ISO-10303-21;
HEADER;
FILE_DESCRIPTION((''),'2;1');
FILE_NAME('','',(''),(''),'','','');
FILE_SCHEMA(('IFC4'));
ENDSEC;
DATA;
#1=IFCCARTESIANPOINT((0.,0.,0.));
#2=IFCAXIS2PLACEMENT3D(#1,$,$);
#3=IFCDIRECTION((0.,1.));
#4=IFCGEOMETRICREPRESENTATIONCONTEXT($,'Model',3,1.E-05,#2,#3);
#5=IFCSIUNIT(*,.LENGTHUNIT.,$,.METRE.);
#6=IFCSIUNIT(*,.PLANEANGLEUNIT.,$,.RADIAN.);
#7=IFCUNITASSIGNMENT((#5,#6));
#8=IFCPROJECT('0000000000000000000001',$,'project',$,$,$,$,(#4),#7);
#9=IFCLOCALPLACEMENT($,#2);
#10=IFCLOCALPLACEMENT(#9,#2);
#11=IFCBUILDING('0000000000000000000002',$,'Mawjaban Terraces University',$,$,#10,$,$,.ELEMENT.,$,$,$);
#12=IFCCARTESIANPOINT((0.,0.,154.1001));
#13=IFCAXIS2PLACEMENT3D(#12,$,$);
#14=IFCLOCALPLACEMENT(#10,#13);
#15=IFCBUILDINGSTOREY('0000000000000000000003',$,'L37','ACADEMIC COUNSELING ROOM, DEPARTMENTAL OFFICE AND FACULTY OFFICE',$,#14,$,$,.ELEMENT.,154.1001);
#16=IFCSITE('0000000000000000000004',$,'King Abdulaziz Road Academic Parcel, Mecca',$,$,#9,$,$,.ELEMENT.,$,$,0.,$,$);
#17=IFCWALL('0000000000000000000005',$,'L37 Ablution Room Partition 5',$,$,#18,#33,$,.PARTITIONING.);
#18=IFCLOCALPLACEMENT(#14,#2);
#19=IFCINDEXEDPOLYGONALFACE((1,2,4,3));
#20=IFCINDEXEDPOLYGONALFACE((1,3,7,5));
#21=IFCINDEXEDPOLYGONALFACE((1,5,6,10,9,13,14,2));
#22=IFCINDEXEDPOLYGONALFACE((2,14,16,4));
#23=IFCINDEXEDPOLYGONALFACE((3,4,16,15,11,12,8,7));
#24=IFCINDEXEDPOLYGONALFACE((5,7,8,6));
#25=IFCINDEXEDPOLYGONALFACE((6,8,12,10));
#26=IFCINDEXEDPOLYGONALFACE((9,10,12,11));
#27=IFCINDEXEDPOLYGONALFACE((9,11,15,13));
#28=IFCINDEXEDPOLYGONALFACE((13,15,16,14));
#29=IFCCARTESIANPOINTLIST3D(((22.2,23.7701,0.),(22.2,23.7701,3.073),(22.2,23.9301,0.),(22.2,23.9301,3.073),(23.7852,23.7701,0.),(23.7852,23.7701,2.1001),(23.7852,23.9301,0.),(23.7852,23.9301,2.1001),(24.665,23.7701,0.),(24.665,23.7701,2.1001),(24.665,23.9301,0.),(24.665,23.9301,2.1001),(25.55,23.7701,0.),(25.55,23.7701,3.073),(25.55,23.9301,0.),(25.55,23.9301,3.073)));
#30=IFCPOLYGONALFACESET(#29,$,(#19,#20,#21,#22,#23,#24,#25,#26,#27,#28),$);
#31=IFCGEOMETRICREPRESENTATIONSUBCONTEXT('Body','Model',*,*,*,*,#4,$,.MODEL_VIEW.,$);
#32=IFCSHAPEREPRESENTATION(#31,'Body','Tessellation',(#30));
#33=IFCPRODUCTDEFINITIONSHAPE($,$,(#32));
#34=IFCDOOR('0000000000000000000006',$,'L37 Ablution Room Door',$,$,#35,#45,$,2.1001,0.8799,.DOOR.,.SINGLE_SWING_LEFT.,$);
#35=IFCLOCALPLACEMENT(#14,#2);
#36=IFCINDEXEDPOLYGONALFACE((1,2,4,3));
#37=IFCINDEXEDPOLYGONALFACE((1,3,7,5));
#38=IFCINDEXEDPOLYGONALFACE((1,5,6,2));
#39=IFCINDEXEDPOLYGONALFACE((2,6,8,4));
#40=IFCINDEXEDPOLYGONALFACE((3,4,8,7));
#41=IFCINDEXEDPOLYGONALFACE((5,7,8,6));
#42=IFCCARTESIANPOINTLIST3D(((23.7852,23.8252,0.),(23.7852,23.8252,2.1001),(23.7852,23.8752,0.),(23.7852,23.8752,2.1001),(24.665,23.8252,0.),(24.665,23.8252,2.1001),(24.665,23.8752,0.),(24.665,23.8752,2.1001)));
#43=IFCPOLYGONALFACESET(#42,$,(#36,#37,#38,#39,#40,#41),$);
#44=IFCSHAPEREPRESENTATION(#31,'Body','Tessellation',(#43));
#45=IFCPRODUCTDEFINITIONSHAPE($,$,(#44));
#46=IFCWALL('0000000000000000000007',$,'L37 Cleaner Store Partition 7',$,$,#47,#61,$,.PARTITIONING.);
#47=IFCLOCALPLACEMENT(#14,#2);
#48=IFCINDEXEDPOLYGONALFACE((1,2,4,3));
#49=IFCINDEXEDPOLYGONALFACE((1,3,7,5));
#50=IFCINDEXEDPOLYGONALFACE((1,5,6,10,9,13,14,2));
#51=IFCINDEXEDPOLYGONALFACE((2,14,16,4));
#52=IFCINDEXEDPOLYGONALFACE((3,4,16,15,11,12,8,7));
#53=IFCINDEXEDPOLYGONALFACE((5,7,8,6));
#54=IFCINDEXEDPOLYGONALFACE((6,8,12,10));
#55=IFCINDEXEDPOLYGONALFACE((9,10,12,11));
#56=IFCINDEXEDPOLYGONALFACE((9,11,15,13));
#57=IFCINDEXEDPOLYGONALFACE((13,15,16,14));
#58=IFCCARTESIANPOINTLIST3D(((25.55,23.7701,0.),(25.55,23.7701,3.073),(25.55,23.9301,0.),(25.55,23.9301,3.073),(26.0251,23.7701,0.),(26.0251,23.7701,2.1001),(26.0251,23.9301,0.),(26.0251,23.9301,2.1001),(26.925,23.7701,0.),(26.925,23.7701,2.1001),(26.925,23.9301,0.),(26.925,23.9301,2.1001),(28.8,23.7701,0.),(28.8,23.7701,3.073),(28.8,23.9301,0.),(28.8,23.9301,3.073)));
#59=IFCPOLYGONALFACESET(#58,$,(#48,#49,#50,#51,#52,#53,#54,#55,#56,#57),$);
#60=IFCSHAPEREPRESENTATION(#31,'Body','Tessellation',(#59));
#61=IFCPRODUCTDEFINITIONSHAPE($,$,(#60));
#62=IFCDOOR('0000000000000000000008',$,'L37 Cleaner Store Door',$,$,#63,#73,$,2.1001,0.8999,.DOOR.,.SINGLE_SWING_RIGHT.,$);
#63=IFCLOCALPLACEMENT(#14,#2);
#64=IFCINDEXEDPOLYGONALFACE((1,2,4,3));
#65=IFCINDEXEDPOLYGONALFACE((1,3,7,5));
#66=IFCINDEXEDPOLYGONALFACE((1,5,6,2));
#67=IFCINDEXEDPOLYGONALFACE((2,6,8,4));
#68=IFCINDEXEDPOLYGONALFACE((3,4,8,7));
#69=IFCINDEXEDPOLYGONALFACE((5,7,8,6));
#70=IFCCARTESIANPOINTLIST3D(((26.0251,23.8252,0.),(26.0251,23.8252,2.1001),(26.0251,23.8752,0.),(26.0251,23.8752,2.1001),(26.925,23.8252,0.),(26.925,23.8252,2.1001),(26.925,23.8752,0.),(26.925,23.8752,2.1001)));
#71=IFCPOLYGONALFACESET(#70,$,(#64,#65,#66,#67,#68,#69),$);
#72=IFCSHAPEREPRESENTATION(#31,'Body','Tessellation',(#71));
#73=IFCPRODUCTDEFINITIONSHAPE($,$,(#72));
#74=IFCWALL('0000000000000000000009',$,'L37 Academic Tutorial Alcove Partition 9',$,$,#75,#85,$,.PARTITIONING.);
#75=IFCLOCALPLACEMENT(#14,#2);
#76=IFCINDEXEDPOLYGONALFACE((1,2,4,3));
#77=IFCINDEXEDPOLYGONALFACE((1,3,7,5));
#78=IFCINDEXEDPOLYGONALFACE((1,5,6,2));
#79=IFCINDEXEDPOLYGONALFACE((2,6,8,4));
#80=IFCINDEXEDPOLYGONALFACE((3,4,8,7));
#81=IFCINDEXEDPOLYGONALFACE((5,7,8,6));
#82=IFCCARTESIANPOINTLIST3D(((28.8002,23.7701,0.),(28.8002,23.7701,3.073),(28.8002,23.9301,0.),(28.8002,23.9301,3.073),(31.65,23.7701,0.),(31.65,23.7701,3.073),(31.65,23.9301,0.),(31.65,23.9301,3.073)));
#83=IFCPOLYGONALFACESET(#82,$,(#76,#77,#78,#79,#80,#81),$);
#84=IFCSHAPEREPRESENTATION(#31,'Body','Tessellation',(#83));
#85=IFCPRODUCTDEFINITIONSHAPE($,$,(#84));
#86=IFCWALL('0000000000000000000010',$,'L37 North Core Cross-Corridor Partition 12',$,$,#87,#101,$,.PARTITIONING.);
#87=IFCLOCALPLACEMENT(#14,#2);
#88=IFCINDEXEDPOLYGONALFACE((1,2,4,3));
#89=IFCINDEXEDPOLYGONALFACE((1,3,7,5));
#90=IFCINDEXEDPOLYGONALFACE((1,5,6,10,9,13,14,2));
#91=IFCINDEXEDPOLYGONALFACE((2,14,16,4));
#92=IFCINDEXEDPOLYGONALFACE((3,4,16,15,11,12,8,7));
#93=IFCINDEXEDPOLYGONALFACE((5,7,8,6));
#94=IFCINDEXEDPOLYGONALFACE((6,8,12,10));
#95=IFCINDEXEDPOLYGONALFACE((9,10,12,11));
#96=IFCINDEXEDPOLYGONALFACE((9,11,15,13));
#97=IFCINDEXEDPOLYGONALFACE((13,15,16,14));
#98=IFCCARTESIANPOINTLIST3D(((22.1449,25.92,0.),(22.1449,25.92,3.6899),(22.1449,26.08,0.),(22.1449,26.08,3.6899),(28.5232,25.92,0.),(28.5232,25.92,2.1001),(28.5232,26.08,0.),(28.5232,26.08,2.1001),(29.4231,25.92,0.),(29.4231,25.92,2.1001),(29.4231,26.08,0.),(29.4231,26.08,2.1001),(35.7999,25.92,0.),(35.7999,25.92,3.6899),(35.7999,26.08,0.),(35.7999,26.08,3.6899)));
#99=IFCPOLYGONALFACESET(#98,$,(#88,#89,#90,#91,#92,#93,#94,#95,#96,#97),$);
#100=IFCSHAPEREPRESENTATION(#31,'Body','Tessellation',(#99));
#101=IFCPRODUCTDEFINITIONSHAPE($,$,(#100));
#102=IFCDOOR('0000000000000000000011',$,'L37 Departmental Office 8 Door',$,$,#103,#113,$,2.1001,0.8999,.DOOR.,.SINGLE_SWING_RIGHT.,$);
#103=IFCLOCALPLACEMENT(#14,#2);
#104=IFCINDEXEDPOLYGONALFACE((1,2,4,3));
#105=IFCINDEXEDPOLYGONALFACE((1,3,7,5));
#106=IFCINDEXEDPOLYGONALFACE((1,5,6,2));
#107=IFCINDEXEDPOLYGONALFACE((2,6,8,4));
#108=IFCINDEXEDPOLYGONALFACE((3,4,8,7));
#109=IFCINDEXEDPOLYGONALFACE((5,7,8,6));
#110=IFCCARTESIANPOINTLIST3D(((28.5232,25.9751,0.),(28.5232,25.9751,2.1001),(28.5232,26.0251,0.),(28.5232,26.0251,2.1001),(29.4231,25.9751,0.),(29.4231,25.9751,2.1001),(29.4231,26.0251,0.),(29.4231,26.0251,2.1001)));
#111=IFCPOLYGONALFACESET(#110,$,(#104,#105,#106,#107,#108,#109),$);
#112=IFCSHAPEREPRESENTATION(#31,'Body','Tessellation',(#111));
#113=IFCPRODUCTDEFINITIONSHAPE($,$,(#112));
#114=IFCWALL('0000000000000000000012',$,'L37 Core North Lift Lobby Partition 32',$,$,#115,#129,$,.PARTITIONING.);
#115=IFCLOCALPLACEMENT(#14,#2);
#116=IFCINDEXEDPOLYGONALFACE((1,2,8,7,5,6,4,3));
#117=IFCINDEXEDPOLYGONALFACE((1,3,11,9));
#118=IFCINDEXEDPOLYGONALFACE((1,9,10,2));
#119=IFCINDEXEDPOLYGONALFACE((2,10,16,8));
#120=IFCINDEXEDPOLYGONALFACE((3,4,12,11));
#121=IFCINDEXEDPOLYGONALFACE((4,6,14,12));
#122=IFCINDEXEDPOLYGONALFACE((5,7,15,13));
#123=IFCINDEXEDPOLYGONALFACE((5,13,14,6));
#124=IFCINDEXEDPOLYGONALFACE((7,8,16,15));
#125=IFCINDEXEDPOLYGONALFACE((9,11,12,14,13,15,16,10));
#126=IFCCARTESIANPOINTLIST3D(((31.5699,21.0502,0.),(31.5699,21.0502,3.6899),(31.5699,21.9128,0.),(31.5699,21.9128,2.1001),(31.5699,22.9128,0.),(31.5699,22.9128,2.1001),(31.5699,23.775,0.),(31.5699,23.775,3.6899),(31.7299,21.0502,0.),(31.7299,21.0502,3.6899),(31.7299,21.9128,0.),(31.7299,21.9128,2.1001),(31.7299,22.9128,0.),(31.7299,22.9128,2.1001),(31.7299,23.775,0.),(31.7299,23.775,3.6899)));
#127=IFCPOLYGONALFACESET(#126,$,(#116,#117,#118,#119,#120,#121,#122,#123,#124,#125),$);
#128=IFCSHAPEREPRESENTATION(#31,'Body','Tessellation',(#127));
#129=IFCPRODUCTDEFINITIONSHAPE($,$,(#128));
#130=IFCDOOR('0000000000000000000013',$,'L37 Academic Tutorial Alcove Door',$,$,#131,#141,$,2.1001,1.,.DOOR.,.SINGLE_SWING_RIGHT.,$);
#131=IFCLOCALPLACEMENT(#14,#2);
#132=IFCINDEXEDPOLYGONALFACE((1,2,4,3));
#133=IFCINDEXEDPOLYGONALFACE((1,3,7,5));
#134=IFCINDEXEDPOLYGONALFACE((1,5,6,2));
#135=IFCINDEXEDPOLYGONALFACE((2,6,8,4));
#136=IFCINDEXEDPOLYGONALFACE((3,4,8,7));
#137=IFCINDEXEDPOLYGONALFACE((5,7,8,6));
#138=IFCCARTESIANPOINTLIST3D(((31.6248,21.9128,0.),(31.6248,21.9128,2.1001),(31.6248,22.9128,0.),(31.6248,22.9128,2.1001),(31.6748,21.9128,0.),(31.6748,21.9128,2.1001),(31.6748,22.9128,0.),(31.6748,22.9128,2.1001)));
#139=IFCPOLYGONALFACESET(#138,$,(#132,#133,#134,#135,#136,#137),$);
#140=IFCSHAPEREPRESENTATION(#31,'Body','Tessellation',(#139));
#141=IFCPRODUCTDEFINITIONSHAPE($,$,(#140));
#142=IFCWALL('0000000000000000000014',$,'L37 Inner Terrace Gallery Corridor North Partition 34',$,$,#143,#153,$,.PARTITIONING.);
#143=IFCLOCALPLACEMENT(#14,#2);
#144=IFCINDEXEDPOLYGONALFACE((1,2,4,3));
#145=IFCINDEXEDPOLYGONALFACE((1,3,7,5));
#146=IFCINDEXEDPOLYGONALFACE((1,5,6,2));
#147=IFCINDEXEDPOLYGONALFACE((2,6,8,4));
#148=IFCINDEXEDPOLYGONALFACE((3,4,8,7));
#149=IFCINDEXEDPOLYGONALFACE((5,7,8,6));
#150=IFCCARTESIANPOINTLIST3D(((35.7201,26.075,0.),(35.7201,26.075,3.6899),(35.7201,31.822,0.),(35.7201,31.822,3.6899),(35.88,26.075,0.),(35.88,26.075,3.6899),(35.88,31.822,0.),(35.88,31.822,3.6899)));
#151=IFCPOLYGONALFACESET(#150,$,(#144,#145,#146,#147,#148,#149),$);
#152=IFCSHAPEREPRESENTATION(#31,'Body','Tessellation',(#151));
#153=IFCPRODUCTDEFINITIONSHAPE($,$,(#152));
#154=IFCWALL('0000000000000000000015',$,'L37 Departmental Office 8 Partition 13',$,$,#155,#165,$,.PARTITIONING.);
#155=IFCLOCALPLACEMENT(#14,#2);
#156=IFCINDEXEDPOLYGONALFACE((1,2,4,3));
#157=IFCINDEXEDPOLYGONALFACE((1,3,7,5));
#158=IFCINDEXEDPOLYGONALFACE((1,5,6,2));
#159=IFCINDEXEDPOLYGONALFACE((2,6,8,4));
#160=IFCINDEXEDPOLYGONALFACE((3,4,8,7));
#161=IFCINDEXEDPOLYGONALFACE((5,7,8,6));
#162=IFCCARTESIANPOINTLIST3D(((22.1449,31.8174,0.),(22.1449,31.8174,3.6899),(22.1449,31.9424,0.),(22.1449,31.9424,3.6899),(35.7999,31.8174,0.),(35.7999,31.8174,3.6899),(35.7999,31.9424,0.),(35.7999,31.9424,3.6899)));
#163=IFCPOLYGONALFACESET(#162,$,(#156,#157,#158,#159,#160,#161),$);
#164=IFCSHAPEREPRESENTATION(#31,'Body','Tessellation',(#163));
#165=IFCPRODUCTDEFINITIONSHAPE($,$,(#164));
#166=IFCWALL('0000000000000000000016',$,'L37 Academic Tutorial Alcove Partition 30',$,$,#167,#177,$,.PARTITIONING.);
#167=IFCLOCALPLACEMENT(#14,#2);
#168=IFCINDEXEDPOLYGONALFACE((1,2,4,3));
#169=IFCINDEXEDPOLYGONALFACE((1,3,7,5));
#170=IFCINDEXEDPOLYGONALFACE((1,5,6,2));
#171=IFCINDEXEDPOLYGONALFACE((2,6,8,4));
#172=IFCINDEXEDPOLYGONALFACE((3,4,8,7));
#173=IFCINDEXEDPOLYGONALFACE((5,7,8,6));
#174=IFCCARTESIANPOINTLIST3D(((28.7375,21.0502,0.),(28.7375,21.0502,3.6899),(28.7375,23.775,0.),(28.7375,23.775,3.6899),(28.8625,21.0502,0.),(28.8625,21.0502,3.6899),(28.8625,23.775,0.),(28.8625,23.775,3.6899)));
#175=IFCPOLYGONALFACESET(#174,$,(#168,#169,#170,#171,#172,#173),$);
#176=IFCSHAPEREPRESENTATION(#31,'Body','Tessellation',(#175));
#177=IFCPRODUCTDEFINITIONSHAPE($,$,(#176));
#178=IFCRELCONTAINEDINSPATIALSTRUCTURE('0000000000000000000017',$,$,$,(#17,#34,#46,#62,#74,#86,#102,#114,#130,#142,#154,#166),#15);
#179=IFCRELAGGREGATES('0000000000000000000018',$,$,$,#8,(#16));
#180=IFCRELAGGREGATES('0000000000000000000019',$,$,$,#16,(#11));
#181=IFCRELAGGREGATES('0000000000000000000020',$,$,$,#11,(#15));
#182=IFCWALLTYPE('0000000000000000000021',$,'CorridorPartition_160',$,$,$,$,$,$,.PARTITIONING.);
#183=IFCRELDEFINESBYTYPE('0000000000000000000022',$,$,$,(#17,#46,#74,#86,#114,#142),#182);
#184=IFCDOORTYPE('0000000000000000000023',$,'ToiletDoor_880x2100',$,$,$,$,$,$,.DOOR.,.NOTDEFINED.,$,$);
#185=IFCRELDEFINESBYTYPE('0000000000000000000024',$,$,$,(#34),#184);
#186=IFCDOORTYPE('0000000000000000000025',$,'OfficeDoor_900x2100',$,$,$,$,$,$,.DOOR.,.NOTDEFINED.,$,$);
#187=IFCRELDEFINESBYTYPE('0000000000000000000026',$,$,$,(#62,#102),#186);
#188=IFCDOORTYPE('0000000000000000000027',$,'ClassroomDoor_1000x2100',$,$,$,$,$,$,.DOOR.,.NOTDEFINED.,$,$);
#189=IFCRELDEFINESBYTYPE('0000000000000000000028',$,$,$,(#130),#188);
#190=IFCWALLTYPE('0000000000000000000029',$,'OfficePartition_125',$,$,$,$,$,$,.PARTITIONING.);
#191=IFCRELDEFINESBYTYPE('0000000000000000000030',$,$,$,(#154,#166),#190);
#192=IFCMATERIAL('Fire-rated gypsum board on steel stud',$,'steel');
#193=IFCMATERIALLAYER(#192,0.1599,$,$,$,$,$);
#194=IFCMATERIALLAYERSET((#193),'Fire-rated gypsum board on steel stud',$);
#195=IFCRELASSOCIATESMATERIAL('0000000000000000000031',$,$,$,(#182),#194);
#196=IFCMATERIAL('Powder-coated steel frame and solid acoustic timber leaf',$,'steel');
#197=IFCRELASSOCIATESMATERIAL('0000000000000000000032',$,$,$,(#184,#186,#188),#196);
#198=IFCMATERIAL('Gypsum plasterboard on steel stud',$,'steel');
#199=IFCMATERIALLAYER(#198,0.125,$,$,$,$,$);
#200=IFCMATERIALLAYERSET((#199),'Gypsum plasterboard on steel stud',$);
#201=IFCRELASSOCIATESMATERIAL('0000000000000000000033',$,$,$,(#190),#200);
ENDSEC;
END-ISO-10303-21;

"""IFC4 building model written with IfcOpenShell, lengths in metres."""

from ifc_helpers import new_model, si_unit, direction, frame, frame_2d, origin, place, context, subcontext, project, spatial, rectangle, extrude, material, layer, layer_set, type_object, element, fill, save


model = new_model("IFC4")

# Units and contexts
model_context = context("Model", 3, precision=1e-05, world=origin(), true_north=direction((0.0, 1.0)))
body_context = subcontext(model_context, "Body", "Model", "MODEL_VIEW")
ifc_project = project(units=[si_unit("LENGTHUNIT", "METRE"), si_unit("PLANEANGLEUNIT", "RADIAN")], contexts=[model_context])

# Site, building, storey
site_placement = place(None, origin())
site = spatial("IfcSite", under=ifc_project, at=site_placement, Name="King Abdulaziz Road Academic Parcel, Mecca", CompositionType="ELEMENT", RefElevation=0.0)
building_placement = place(site_placement, origin())
building = spatial("IfcBuilding", under=site, at=building_placement, Name="Mawjaban Terraces University", CompositionType="ELEMENT")
storey_placement = place(building_placement, frame((0.0, 0.0, 154.1001)))
storey = spatial("IfcBuildingStorey", under=building, at=storey_placement, Name="L37", Description="ACADEMIC COUNSELING ROOM, DEPARTMENTAL OFFICE AND FACULTY OFFICE", CompositionType="ELEMENT", Elevation=154.1001)

# Walls, openings, doors
ifc_material_1 = material(Name="Fire-rated gypsum board on steel stud", Category="steel")
ifc_layer_1 = layer(ifc_material_1, 0.1599)
ifc_layer_set_1 = layer_set([ifc_layer_1], Name="Fire-rated gypsum board on steel stud")
wall_type_1 = type_object("IfcWallType", Name="CorridorPartition_160", PredefinedType="PARTITIONING", material=ifc_layer_set_1)
wall_1_placement = place(storey_placement, frame((25.55, 23.8501, 0.0), z_axis=(0.0, 0.0, 1.0), x_axis=(-1.0, 0.0, 0.0)))
wall_1 = element("IfcWall", 1, at=wall_1_placement, inside=storey, type_object=wall_type_1, Name="L37 Ablution Room Partition 5", PredefinedType="PARTITIONING", context=body_context, shape_type="SweptSolid", body=[
    extrude(rectangle(XDim=3.3501, YDim=0.1599, at=frame_2d((1.675, 0.0))), origin(), (0.0, 0.0, 1.0), 3.073),
])
opening_1_placement = place(wall_1_placement, frame((0.885, 0.0, 0.0)))
opening_1 = element("IfcOpeningElement", 2, at=opening_1_placement, cuts=wall_1, PredefinedType="OPENING", context=body_context, shape_type="SweptSolid", body=[
    extrude(rectangle(XDim=0.8799, YDim=2.1001, at=frame_2d((0.4399, 1.05))), frame((0.0, 0.0898, 0.0), z_axis=(0.0, -1.0, 0.0), x_axis=(1.0, 0.0, 0.0)), (0.0, 0.0, 1.0), 0.1799),
])
ifc_material_2 = material(Name="Powder-coated steel frame and solid acoustic timber leaf", Category="steel")
door_type_1 = type_object("IfcDoorType", Name="ToiletDoor_880x2100", OperationType="NOTDEFINED", PredefinedType="DOOR", material=ifc_material_2)
door_1_placement = place(opening_1_placement, origin())
door_1 = element("IfcDoor", 3, at=door_1_placement, inside=storey, type_object=door_type_1, Name="L37 Ablution Room Door", OperationType="SINGLE_SWING_LEFT", OverallHeight=2.1001, OverallWidth=0.8799, PredefinedType="DOOR", context=body_context, shape_type="SweptSolid", body=[
    extrude(rectangle(XDim=0.8799, YDim=2.1001, at=frame_2d((0.4399, 1.05))), frame((0.0, 0.0249, 0.0), z_axis=(0.0, -1.0, 0.0), x_axis=(1.0, 0.0, 0.0)), (0.0, 0.0, 1.0), 0.05),
])
fill(opening_1, door_1)
wall_2_placement = place(storey_placement, frame((28.8, 23.8501, 0.0), z_axis=(0.0, 0.0, 1.0), x_axis=(-1.0, 0.0, 0.0)))
wall_2 = element("IfcWall", 4, at=wall_2_placement, inside=storey, type_object=wall_type_1, Name="L37 Cleaner Store Partition 7", PredefinedType="PARTITIONING", context=body_context, shape_type="SweptSolid", body=[
    extrude(rectangle(XDim=3.25, YDim=0.1599, at=frame_2d((1.625, 0.0))), origin(), (0.0, 0.0, 1.0), 3.073),
])
opening_2_placement = place(wall_2_placement, frame((1.875, 0.0, 0.0)))
opening_2 = element("IfcOpeningElement", 5, at=opening_2_placement, cuts=wall_2, PredefinedType="OPENING", context=body_context, shape_type="SweptSolid", body=[
    extrude(rectangle(XDim=0.8999, YDim=2.1001, at=frame_2d((0.45, 1.05))), frame((0.0, 0.0898, 0.0), z_axis=(0.0, -1.0, 0.0), x_axis=(1.0, 0.0, 0.0)), (0.0, 0.0, 1.0), 0.1799),
])
door_type_2 = type_object("IfcDoorType", Name="OfficeDoor_900x2100", OperationType="NOTDEFINED", PredefinedType="DOOR", material=ifc_material_2)
door_2_placement = place(opening_2_placement, origin())
door_2 = element("IfcDoor", 6, at=door_2_placement, inside=storey, type_object=door_type_2, Name="L37 Cleaner Store Door", OperationType="SINGLE_SWING_RIGHT", OverallHeight=2.1001, OverallWidth=0.8999, PredefinedType="DOOR", context=body_context, shape_type="SweptSolid", body=[
    extrude(rectangle(XDim=0.8999, YDim=2.1001, at=frame_2d((0.45, 1.05))), frame((0.0, 0.0249, 0.0), z_axis=(0.0, -1.0, 0.0), x_axis=(1.0, 0.0, 0.0)), (0.0, 0.0, 1.0), 0.05),
])
fill(opening_2, door_2)

# Wall
wall_3_placement = place(storey_placement, frame((31.6499, 23.8501, 0.0), z_axis=(0.0, 0.0, 1.0), x_axis=(-1.0, 0.0, 0.0)))
element("IfcWall", 7, at=wall_3_placement, inside=storey, type_object=wall_type_1, Name="L37 Academic Tutorial Alcove Partition 9", PredefinedType="PARTITIONING", context=body_context, shape_type="SweptSolid", body=[
    extrude(rectangle(XDim=2.8499, YDim=0.1599, at=frame_2d((1.4248, 0.0))), origin(), (0.0, 0.0, 1.0), 3.073),
])

# Walls, openings, doors
wall_4_placement = place(storey_placement, frame((35.8, 26.0, 0.0), z_axis=(0.0, 0.0, 1.0), x_axis=(-1.0, 0.0, 0.0)))
wall_4 = element("IfcWall", 8, at=wall_4_placement, inside=storey, type_object=wall_type_1, Name="L37 North Core Cross-Corridor Partition 12", PredefinedType="PARTITIONING", context=body_context, shape_type="SweptSolid", body=[
    extrude(rectangle(XDim=13.655, YDim=0.1599, at=frame_2d((6.8276, 0.0))), origin(), (0.0, 0.0, 1.0), 3.6899),
])
opening_3_placement = place(wall_4_placement, frame((6.377, 0.0, 0.0)))
opening_3 = element("IfcOpeningElement", 9, at=opening_3_placement, cuts=wall_4, PredefinedType="OPENING", context=body_context, shape_type="SweptSolid", body=[
    extrude(rectangle(XDim=0.8999, YDim=2.1001, at=frame_2d((0.45, 1.05))), frame((0.0, 0.0898, 0.0), z_axis=(0.0, -1.0, 0.0), x_axis=(1.0, 0.0, 0.0)), (0.0, 0.0, 1.0), 0.1799),
])
door_3_placement = place(opening_3_placement, origin())
door_3 = element("IfcDoor", 10, at=door_3_placement, inside=storey, type_object=door_type_2, Name="L37 Departmental Office 8 Door", OperationType="SINGLE_SWING_RIGHT", OverallHeight=2.1001, OverallWidth=0.8999, PredefinedType="DOOR", context=body_context, shape_type="SweptSolid", body=[
    extrude(rectangle(XDim=0.8999, YDim=2.1001, at=frame_2d((0.45, 1.05))), frame((0.0, 0.0249, 0.0), z_axis=(0.0, -1.0, 0.0), x_axis=(1.0, 0.0, 0.0)), (0.0, 0.0, 1.0), 0.05),
])
fill(opening_3, door_3)
wall_5_placement = place(storey_placement, frame((31.6499, 23.7749, 0.0), z_axis=(0.0, 0.0, 1.0), x_axis=(0.0, -1.0, 0.0)))
wall_5 = element("IfcWall", 11, at=wall_5_placement, inside=storey, type_object=wall_type_1, Name="L37 Core North Lift Lobby Partition 32", PredefinedType="PARTITIONING", context=body_context, shape_type="SweptSolid", body=[
    extrude(rectangle(XDim=2.7249, YDim=0.1599, at=frame_2d((1.3623, 0.0))), origin(), (0.0, 0.0, 1.0), 3.6899),
])
opening_4_placement = place(wall_5_placement, frame((0.8621, 0.0, 0.0)))
opening_4 = element("IfcOpeningElement", 12, at=opening_4_placement, cuts=wall_5, PredefinedType="OPENING", context=body_context, shape_type="SweptSolid", body=[
    extrude(rectangle(XDim=1.0, YDim=2.1001, at=frame_2d((0.5, 1.05))), frame((0.0, 0.0898, 0.0), z_axis=(0.0, -1.0, 0.0), x_axis=(1.0, 0.0, 0.0)), (0.0, 0.0, 1.0), 0.1799),
])
door_type_3 = type_object("IfcDoorType", Name="ClassroomDoor_1000x2100", OperationType="NOTDEFINED", PredefinedType="DOOR", material=ifc_material_2)
door_4_placement = place(opening_4_placement, origin())
door_4 = element("IfcDoor", 13, at=door_4_placement, inside=storey, type_object=door_type_3, Name="L37 Academic Tutorial Alcove Door", OperationType="SINGLE_SWING_RIGHT", OverallHeight=2.1001, OverallWidth=1.0, PredefinedType="DOOR", context=body_context, shape_type="SweptSolid", body=[
    extrude(rectangle(XDim=1.0, YDim=2.1001, at=frame_2d((0.5, 1.05))), frame((0.0, 0.0249, 0.0), z_axis=(0.0, -1.0, 0.0), x_axis=(1.0, 0.0, 0.0)), (0.0, 0.0, 1.0), 0.05),
])
fill(opening_4, door_4)

# Walls
wall_6_placement = place(storey_placement, frame((35.8, 31.822, 0.0), z_axis=(0.0, 0.0, 1.0), x_axis=(0.0, -1.0, 0.0)))
element("IfcWall", 14, at=wall_6_placement, inside=storey, type_object=wall_type_1, Name="L37 Inner Terrace Gallery Corridor North Partition 34", PredefinedType="PARTITIONING", context=body_context, shape_type="SweptSolid", body=[
    extrude(rectangle(XDim=5.7471, YDim=0.1599, at=frame_2d((2.8735, 0.0))), origin(), (0.0, 0.0, 1.0), 3.6899),
])
ifc_material_3 = material(Name="Gypsum plasterboard on steel stud", Category="steel")
ifc_layer_2 = layer(ifc_material_3, 0.125)
ifc_layer_set_2 = layer_set([ifc_layer_2], Name="Gypsum plasterboard on steel stud")
wall_type_2 = type_object("IfcWallType", Name="OfficePartition_125", PredefinedType="PARTITIONING", material=ifc_layer_set_2)
wall_7_placement = place(storey_placement, frame((35.8, 31.8799, 0.0), z_axis=(0.0, 0.0, 1.0), x_axis=(-1.0, 0.0, 0.0)))
element("IfcWall", 15, at=wall_7_placement, inside=storey, type_object=wall_type_2, Name="L37 Departmental Office 8 Partition 13", PredefinedType="PARTITIONING", context=body_context, shape_type="SweptSolid", body=[
    extrude(rectangle(XDim=13.655, YDim=0.125, at=frame_2d((6.8276, 0.0))), origin(), (0.0, 0.0, 1.0), 3.6899),
])
wall_8_placement = place(storey_placement, frame((28.8, 23.7749, 0.0), z_axis=(0.0, 0.0, 1.0), x_axis=(0.0, -1.0, 0.0)))
element("IfcWall", 16, at=wall_8_placement, inside=storey, type_object=wall_type_2, Name="L37 Academic Tutorial Alcove Partition 30", PredefinedType="PARTITIONING", context=body_context, shape_type="SweptSolid", body=[
    extrude(rectangle(XDim=2.7249, YDim=0.125, at=frame_2d((1.3623, 0.0))), origin(), (0.0, 0.0, 1.0), 3.6899),
])

save(model, "model.ifc")
